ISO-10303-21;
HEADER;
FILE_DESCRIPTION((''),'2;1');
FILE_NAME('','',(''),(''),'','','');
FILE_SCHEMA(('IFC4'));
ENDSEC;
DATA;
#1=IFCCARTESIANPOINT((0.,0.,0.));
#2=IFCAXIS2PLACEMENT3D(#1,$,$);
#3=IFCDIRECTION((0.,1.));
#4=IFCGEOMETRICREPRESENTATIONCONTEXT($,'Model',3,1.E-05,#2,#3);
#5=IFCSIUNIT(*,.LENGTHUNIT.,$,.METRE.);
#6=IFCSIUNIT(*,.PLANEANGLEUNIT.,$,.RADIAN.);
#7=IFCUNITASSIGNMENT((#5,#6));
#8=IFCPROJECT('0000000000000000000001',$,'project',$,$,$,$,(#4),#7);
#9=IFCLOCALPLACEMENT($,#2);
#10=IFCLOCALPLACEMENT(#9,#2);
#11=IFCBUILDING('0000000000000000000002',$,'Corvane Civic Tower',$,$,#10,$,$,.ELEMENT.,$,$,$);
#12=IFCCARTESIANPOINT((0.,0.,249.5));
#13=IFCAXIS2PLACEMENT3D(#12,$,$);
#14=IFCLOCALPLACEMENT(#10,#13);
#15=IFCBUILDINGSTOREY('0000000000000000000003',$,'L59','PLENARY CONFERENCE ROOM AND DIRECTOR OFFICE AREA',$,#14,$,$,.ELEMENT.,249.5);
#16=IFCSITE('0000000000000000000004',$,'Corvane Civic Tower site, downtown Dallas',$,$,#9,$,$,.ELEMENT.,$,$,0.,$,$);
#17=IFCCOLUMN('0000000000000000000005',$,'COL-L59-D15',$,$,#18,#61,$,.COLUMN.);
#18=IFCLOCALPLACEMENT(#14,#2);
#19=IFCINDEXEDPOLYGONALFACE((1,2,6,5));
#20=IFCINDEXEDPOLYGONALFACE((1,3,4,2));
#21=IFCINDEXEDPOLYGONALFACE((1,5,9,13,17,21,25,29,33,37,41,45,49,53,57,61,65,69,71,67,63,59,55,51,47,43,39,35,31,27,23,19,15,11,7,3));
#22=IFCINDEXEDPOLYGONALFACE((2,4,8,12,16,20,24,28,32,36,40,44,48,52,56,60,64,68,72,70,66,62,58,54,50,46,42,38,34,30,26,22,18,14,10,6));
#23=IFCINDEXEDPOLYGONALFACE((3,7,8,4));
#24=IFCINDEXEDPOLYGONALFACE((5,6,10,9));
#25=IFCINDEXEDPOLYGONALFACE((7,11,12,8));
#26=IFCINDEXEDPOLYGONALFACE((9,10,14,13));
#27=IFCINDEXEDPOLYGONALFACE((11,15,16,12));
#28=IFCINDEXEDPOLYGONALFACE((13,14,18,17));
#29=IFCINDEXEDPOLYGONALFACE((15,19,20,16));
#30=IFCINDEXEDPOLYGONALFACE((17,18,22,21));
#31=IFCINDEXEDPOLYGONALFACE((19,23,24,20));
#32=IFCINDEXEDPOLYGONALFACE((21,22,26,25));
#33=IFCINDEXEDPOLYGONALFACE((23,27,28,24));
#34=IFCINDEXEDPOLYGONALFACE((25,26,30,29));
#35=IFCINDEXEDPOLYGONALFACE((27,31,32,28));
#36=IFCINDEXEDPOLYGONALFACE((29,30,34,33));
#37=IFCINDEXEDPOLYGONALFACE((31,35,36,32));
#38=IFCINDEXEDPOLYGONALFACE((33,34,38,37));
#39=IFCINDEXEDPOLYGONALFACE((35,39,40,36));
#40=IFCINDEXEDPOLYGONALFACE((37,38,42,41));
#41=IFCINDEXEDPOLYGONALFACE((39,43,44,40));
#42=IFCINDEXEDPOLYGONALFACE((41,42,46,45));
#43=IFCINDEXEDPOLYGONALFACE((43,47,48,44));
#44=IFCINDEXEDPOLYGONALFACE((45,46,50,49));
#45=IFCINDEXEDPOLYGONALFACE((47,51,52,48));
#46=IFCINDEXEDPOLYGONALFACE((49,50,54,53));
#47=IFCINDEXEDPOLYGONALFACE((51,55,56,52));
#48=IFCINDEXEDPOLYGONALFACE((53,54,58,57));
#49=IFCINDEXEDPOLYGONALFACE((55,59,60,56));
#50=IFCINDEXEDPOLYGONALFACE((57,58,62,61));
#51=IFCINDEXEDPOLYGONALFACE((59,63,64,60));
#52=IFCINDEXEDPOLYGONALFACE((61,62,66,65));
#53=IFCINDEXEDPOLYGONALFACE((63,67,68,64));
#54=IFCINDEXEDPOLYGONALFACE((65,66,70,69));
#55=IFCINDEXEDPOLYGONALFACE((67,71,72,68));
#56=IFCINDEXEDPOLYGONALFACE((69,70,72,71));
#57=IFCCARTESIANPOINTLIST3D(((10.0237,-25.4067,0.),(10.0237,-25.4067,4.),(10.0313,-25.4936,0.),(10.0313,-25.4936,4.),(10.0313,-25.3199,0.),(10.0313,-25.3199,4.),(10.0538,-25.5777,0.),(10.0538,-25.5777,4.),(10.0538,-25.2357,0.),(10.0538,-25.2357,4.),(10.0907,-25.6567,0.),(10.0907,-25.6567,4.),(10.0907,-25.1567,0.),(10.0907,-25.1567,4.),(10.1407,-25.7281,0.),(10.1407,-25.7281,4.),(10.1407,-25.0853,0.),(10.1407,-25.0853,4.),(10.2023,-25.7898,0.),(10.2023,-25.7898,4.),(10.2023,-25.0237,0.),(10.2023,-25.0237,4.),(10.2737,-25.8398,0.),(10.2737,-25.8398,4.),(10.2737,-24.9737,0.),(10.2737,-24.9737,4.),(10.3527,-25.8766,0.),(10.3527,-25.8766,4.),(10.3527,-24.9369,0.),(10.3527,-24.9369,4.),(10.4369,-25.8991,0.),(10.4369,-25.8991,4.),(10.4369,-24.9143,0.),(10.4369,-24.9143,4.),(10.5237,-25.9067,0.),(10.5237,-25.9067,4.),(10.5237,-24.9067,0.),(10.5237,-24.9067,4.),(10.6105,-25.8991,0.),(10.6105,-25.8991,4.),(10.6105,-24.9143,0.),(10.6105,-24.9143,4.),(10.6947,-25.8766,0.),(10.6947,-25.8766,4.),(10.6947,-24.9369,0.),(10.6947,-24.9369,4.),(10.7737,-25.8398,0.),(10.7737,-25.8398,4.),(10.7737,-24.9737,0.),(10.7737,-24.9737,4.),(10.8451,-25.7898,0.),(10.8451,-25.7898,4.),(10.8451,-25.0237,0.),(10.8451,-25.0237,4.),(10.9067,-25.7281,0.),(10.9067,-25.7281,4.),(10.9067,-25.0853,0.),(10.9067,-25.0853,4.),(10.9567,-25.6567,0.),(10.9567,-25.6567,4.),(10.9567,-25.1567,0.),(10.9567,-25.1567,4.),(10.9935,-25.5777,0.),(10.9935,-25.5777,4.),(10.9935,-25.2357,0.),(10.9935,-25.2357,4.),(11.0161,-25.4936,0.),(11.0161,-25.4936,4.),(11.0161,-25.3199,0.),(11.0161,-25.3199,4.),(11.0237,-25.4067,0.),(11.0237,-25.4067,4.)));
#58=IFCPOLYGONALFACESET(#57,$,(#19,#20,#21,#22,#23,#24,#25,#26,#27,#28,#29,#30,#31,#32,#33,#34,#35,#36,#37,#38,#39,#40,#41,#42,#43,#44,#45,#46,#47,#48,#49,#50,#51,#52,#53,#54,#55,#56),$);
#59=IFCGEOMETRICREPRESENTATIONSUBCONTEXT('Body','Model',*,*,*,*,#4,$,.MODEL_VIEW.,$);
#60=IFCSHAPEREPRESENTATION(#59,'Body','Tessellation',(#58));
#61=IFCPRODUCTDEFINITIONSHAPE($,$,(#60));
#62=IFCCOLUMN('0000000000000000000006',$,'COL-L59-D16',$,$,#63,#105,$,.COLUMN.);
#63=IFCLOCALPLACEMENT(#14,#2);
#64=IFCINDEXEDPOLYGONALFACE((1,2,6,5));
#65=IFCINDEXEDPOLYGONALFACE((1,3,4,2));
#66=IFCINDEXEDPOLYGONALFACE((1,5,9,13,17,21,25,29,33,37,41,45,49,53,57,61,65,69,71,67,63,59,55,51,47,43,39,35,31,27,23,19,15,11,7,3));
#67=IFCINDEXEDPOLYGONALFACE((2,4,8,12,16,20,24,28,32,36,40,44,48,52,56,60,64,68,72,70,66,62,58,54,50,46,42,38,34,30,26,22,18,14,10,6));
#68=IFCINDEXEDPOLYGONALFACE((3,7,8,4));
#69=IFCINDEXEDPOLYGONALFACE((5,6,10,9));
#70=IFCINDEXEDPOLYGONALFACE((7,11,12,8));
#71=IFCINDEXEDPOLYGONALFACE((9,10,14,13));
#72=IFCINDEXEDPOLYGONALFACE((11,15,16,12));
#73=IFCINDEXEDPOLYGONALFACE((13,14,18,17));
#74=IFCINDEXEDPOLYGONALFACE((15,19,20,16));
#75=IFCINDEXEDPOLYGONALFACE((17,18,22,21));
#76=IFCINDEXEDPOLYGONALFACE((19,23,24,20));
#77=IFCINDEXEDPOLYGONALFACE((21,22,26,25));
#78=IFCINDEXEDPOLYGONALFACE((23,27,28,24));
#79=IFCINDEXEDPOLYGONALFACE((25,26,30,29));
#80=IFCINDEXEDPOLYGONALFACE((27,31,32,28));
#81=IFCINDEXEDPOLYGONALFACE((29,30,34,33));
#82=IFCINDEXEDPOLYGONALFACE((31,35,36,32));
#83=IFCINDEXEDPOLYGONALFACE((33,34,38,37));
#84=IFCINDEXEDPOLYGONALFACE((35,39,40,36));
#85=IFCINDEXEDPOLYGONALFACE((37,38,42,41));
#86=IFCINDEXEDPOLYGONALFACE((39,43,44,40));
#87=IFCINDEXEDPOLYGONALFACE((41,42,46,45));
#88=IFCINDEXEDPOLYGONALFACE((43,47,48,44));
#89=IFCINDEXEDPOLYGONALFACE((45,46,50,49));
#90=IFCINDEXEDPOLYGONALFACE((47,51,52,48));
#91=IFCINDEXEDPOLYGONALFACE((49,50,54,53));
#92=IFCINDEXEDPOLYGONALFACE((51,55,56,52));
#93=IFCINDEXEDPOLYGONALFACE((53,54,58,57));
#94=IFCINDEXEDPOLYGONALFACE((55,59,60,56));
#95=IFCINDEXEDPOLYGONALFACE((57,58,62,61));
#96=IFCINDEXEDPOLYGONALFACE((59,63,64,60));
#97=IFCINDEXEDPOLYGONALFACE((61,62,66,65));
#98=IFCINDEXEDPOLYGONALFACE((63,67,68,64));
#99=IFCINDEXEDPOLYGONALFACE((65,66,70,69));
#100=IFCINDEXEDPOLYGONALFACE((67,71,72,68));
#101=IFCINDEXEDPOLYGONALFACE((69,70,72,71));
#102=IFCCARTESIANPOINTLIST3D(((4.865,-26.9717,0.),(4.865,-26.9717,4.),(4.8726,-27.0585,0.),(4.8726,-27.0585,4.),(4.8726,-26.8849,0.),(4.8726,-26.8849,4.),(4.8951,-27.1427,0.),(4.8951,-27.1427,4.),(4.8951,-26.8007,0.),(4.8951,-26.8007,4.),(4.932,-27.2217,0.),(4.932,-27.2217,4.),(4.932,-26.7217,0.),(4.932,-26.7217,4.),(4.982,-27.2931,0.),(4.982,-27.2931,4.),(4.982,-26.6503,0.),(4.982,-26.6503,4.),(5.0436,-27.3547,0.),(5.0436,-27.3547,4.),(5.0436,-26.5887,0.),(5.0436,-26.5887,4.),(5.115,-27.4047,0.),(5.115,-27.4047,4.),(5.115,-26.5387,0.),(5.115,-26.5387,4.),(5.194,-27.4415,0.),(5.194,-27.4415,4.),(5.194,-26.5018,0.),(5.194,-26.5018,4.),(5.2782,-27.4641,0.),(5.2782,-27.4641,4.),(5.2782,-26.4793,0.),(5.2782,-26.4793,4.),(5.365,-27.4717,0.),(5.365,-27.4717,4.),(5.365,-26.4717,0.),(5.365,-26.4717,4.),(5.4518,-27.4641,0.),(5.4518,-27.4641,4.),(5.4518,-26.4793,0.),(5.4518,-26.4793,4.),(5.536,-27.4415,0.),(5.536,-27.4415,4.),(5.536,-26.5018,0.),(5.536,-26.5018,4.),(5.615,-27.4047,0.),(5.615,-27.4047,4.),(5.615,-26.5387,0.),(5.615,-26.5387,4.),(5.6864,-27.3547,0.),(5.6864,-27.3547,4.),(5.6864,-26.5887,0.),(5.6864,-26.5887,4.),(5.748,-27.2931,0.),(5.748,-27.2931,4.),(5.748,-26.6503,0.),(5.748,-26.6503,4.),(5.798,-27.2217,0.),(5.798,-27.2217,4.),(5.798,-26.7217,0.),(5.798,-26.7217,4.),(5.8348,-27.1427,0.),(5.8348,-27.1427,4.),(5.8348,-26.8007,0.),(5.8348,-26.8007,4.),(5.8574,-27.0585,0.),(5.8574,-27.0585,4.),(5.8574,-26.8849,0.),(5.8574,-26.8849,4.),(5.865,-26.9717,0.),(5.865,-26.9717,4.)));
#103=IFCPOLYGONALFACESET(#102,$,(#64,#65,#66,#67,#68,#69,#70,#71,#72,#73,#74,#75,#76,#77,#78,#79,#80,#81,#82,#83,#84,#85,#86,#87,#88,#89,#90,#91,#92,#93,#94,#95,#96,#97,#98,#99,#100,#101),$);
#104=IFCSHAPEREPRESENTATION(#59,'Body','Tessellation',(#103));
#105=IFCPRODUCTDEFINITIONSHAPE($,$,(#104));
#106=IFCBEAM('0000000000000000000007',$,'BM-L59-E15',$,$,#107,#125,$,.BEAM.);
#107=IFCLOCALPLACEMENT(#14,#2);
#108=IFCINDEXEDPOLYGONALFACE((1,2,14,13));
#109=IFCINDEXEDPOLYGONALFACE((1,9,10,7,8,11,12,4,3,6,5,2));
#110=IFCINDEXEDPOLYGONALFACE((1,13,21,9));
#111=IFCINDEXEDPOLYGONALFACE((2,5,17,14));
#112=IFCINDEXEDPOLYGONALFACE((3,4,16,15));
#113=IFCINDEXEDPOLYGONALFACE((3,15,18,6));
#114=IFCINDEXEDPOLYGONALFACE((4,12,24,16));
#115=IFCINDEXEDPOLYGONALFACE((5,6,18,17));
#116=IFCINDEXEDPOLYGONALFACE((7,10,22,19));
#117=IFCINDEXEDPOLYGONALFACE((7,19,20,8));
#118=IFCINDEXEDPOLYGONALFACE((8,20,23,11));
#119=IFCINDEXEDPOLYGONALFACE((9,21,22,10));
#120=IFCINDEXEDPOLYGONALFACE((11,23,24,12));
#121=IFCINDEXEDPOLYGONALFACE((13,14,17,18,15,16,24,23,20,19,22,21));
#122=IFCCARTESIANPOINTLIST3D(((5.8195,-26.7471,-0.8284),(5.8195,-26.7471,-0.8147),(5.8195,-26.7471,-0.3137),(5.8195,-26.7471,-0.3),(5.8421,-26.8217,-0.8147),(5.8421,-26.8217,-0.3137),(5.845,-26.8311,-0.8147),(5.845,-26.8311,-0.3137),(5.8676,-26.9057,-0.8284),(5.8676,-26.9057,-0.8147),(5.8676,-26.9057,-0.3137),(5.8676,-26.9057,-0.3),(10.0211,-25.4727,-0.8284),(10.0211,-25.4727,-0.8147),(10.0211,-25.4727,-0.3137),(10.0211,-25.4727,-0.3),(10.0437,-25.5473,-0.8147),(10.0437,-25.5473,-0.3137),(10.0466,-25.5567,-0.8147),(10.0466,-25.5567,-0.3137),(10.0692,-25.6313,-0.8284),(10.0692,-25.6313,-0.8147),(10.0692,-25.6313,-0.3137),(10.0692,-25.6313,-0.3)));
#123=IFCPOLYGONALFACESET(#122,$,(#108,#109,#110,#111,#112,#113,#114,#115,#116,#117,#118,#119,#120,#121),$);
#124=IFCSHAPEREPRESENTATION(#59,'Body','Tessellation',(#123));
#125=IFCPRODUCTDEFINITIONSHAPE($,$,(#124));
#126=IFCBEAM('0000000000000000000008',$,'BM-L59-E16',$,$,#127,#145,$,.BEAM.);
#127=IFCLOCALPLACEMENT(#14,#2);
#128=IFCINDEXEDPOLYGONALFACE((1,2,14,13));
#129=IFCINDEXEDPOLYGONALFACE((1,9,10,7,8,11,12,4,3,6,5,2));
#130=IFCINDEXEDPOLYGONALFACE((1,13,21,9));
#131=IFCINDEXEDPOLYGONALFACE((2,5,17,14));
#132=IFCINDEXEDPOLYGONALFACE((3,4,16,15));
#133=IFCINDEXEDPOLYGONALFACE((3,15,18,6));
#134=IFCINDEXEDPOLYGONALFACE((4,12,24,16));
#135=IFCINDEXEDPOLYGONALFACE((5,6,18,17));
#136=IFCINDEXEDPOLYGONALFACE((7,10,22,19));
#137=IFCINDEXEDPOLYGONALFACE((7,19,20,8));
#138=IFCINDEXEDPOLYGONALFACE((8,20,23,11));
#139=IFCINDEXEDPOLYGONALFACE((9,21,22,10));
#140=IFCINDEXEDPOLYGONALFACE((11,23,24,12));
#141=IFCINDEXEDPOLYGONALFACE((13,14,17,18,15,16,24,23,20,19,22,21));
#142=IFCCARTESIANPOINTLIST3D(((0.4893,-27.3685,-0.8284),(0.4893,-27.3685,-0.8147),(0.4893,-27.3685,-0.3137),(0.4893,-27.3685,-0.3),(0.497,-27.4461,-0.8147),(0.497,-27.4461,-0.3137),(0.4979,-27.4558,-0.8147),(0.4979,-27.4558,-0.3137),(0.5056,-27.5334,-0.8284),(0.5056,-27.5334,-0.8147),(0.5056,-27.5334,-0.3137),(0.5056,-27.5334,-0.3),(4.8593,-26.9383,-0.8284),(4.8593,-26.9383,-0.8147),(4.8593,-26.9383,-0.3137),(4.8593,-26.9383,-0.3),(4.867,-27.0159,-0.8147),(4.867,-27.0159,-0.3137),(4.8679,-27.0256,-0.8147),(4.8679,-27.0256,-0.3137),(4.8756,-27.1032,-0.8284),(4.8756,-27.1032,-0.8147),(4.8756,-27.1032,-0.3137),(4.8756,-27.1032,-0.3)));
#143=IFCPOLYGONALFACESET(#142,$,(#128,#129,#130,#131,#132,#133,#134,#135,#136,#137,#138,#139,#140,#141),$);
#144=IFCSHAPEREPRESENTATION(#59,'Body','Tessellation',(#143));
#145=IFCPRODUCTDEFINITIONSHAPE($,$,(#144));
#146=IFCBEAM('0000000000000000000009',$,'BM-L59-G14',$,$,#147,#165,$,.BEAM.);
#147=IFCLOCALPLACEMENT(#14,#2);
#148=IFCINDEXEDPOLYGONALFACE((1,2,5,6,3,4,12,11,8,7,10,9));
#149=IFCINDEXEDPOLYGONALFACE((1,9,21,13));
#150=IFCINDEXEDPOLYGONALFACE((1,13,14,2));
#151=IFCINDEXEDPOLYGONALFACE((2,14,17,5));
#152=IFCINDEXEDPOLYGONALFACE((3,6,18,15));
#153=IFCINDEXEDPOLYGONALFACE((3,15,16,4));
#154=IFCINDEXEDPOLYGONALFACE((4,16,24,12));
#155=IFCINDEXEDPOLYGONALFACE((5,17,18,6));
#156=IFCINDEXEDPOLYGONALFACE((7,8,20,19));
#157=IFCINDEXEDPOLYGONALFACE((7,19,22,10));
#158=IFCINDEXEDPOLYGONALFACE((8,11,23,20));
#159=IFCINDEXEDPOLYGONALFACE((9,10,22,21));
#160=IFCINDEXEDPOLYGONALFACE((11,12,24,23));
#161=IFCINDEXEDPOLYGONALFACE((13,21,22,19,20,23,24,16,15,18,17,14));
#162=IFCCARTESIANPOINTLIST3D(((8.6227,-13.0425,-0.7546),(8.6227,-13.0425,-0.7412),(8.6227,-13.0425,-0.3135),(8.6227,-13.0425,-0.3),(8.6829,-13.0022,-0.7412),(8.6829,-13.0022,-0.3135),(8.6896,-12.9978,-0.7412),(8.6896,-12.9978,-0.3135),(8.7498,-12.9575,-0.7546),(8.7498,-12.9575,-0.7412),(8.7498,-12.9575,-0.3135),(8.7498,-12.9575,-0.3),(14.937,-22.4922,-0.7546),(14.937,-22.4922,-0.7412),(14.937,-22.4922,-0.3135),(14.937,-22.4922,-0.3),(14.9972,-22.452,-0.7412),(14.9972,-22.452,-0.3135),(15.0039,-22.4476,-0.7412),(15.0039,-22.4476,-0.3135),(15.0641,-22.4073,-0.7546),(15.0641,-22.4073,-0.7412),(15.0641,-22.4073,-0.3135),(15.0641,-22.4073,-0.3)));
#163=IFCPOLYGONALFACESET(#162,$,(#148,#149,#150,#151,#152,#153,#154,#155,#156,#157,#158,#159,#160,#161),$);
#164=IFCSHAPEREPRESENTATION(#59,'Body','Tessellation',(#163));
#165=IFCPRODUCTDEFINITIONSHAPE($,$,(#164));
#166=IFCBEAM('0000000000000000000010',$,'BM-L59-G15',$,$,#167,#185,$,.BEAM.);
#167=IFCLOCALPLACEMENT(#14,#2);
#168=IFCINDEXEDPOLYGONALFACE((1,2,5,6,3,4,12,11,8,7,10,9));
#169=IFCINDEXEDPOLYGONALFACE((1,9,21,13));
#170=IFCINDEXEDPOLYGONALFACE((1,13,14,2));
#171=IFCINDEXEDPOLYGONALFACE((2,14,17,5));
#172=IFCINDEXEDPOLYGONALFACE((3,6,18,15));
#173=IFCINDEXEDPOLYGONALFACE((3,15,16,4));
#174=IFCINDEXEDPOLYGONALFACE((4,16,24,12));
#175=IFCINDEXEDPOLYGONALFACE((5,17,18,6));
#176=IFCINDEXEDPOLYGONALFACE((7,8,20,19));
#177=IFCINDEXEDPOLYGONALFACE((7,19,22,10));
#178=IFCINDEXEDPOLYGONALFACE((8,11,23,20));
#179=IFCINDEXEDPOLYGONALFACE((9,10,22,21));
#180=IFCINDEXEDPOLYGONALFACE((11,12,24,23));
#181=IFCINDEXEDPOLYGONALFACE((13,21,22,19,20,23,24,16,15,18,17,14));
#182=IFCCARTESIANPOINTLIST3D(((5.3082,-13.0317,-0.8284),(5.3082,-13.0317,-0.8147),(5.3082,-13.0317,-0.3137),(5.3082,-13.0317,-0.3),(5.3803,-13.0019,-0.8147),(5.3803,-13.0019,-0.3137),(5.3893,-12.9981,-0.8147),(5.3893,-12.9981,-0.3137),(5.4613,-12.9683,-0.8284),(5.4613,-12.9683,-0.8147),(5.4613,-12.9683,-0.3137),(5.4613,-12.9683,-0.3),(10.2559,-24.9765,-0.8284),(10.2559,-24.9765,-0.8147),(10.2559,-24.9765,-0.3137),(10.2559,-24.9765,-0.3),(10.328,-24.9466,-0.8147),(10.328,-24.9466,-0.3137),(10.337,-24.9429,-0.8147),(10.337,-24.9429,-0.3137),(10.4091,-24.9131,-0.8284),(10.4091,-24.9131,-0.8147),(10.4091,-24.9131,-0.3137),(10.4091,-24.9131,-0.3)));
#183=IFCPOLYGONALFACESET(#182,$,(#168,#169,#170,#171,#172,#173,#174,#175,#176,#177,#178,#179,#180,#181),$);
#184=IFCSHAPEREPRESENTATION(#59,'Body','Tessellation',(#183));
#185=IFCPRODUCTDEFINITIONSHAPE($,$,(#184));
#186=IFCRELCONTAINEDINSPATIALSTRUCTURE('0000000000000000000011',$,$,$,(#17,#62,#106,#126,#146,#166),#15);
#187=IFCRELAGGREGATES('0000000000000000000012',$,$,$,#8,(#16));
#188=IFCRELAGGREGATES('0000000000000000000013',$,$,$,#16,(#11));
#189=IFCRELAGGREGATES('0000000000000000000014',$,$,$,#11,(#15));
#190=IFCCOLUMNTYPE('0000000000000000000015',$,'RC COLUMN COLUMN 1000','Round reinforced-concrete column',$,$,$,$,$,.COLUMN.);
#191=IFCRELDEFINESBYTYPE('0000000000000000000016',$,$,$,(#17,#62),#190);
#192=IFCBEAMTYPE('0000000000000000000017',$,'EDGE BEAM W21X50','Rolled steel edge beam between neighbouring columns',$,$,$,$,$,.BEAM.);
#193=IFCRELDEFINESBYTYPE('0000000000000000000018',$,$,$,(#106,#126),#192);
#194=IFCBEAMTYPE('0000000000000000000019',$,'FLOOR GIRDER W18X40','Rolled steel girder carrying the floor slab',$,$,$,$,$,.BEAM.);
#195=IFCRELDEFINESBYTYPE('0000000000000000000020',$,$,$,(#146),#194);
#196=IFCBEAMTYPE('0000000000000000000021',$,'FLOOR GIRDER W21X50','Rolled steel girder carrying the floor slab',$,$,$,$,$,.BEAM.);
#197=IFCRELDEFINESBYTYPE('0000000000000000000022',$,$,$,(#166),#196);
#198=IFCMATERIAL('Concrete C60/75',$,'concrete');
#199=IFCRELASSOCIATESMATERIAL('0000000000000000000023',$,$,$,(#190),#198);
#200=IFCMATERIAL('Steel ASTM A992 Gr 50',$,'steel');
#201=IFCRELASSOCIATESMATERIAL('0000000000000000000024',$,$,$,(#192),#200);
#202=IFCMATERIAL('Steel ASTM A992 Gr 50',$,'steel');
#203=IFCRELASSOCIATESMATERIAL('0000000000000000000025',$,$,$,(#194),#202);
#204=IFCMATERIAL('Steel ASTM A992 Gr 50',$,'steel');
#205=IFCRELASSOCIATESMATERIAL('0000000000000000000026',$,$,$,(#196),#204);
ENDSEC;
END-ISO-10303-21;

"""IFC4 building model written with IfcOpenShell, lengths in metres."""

from ifc_helpers import new_model, si_unit, direction, frame, origin, origin_2d, place, context, subcontext, project, spatial, circle, i_section, extrude, material, material_profile, profile_set, type_object, element, save


model = new_model("IFC4")

# Units and contexts
model_context = context("Model", 3, precision=1e-05, world=origin(), true_north=direction((0.0, 1.0)))
body_context = subcontext(model_context, "Body", "Model", "MODEL_VIEW")
ifc_project = project(units=[si_unit("LENGTHUNIT", "METRE"), si_unit("PLANEANGLEUNIT", "RADIAN")], contexts=[model_context])

# Site, building, storey
site_placement = place(None, origin())
site = spatial("IfcSite", under=ifc_project, at=site_placement, Name="Corvane Civic Tower site, downtown Dallas", CompositionType="ELEMENT", RefElevation=0.0)
building_placement = place(site_placement, origin())
building = spatial("IfcBuilding", under=site, at=building_placement, Name="Corvane Civic Tower", CompositionType="ELEMENT")
storey_placement = place(building_placement, frame((0.0, 0.0, 249.5)))
storey = spatial("IfcBuildingStorey", under=building, at=storey_placement, Name="L59", Description="PLENARY CONFERENCE ROOM AND DIRECTOR OFFICE AREA", CompositionType="ELEMENT", Elevation=249.5)

# Columns
ifc_material_1 = material(Name="Concrete C60/75", Category="concrete")
ifc_material_profile_1 = material_profile(ifc_material_1, circle(Radius=0.5, at=origin_2d()), Name="COLUMN 1000")
ifc_profile_set_1 = profile_set([ifc_material_profile_1], Name="Concrete C60/75")
column_type = type_object("IfcColumnType", Name="RC COLUMN COLUMN 1000", Description="Round reinforced-concrete column", PredefinedType="COLUMN", material=ifc_profile_set_1)
for number, where, z_axis, x_axis, name in (
    (1, (10.5237, -25.4067, 0.0), (0.0, 0.0, 1.0), (1.0, 0.0, 0.0), "COL-L59-D15"),
    (2, (5.365, -26.9717, 0.0), (0.0, 0.0, 1.0), (1.0, 0.0, 0.0), "COL-L59-D16"),
):
    element("IfcColumn", number, at=place(storey_placement, frame(where, z_axis=z_axis, x_axis=x_axis)), inside=storey, type_object=column_type, Name=name, PredefinedType="COLUMN", context=body_context, shape_type="SweptSolid", body=[
        extrude(circle(Radius=0.5, at=origin_2d()), origin(), (0.0, 0.0, 1.0), 4.0),
    ])

# Beams
ifc_material_2 = material(Name="Steel ASTM A992 Gr 50", Category="steel")
ifc_material_profile_2 = material_profile(ifc_material_2, i_section(OverallWidth=0.1658, OverallDepth=0.5283, WebThickness=0.0098, FlangeThickness=0.0137, at=origin_2d()), Name="W21X50")
ifc_profile_set_2 = profile_set([ifc_material_profile_2], Name="Steel ASTM A992 Gr 50")
beam_type_1 = type_object("IfcBeamType", Name="EDGE BEAM W21X50", Description="Rolled steel edge beam between neighbouring columns", PredefinedType="BEAM", material=ifc_profile_set_2)
beam_1_placement = place(storey_placement, frame((10.0452, -25.552, -0.5642), z_axis=(-0.95695, -0.290254, 0.0), x_axis=(0.290254, -0.95695, 0.0)))
element("IfcBeam", 3, at=beam_1_placement, inside=storey, type_object=beam_type_1, Name="BM-L59-E15", PredefinedType="BEAM", context=body_context, shape_type="SweptSolid", body=[
    extrude(i_section(OverallWidth=0.1658, OverallDepth=0.5283, WebThickness=0.0098, FlangeThickness=0.0137, at=origin_2d()), origin(), (0.0, 0.0, 1.0), 4.3906),
])
beam_2_placement = place(storey_placement, frame((4.8674, -27.0208, -0.5642), z_axis=(-0.99519, -0.097968, 0.0), x_axis=(0.097968, -0.99519, 0.0)))
element("IfcBeam", 4, at=beam_2_placement, inside=storey, type_object=beam_type_1, Name="BM-L59-E16", PredefinedType="BEAM", context=body_context, shape_type="SweptSolid", body=[
    extrude(i_section(OverallWidth=0.1658, OverallDepth=0.5283, WebThickness=0.0098, FlangeThickness=0.0137, at=origin_2d()), origin(), (0.0, 0.0, 1.0), 4.3911),
])
ifc_material_3 = material(Name="Steel ASTM A992 Gr 50", Category="steel")
ifc_material_profile_3 = material_profile(ifc_material_3, i_section(OverallWidth=0.1528, OverallDepth=0.4546, WebThickness=0.0081, FlangeThickness=0.0134, at=origin_2d()), Name="W18X40")
ifc_profile_set_3 = profile_set([ifc_material_profile_3], Name="Steel ASTM A992 Gr 50")
beam_type_2 = type_object("IfcBeamType", Name="FLOOR GIRDER W18X40", Description="Rolled steel girder carrying the floor slab", PredefinedType="BEAM", material=ifc_profile_set_3)
beam_3_placement = place(storey_placement, frame((8.6863, -13.0, -0.5273), z_axis=(0.555577, -0.831465, 0.0), x_axis=(0.831465, 0.555577, 0.0)))
element("IfcBeam", 5, at=beam_3_placement, inside=storey, type_object=beam_type_2, Name="BM-L59-G14", PredefinedType="BEAM", context=body_context, shape_type="SweptSolid", body=[
    extrude(i_section(OverallWidth=0.1528, OverallDepth=0.4546, WebThickness=0.0081, FlangeThickness=0.0134, at=origin_2d()), origin(), (0.0, 0.0, 1.0), 11.3652),
])
ifc_material_4 = material(Name="Steel ASTM A992 Gr 50", Category="steel")
ifc_material_profile_4 = material_profile(ifc_material_4, i_section(OverallWidth=0.1658, OverallDepth=0.5283, WebThickness=0.0098, FlangeThickness=0.0137, at=origin_2d()), Name="W21X50")
ifc_profile_set_4 = profile_set([ifc_material_profile_4], Name="Steel ASTM A992 Gr 50")
beam_type_3 = type_object("IfcBeamType", Name="FLOOR GIRDER W21X50", Description="Rolled steel girder carrying the floor slab", PredefinedType="BEAM", material=ifc_profile_set_4)
beam_4_placement = place(storey_placement, frame((5.3848, -13.0, -0.5642), z_axis=(0.382686, -0.923878, 0.0), x_axis=(0.923878, 0.382686, 0.0)))
element("IfcBeam", 6, at=beam_4_placement, inside=storey, type_object=beam_type_3, Name="BM-L59-G15", PredefinedType="BEAM", context=body_context, shape_type="SweptSolid", body=[
    extrude(i_section(OverallWidth=0.1658, OverallDepth=0.5283, WebThickness=0.0098, FlangeThickness=0.0137, at=origin_2d()), origin(), (0.0, 0.0, 1.0), 12.929),
])

save(model, "model.ifc")
